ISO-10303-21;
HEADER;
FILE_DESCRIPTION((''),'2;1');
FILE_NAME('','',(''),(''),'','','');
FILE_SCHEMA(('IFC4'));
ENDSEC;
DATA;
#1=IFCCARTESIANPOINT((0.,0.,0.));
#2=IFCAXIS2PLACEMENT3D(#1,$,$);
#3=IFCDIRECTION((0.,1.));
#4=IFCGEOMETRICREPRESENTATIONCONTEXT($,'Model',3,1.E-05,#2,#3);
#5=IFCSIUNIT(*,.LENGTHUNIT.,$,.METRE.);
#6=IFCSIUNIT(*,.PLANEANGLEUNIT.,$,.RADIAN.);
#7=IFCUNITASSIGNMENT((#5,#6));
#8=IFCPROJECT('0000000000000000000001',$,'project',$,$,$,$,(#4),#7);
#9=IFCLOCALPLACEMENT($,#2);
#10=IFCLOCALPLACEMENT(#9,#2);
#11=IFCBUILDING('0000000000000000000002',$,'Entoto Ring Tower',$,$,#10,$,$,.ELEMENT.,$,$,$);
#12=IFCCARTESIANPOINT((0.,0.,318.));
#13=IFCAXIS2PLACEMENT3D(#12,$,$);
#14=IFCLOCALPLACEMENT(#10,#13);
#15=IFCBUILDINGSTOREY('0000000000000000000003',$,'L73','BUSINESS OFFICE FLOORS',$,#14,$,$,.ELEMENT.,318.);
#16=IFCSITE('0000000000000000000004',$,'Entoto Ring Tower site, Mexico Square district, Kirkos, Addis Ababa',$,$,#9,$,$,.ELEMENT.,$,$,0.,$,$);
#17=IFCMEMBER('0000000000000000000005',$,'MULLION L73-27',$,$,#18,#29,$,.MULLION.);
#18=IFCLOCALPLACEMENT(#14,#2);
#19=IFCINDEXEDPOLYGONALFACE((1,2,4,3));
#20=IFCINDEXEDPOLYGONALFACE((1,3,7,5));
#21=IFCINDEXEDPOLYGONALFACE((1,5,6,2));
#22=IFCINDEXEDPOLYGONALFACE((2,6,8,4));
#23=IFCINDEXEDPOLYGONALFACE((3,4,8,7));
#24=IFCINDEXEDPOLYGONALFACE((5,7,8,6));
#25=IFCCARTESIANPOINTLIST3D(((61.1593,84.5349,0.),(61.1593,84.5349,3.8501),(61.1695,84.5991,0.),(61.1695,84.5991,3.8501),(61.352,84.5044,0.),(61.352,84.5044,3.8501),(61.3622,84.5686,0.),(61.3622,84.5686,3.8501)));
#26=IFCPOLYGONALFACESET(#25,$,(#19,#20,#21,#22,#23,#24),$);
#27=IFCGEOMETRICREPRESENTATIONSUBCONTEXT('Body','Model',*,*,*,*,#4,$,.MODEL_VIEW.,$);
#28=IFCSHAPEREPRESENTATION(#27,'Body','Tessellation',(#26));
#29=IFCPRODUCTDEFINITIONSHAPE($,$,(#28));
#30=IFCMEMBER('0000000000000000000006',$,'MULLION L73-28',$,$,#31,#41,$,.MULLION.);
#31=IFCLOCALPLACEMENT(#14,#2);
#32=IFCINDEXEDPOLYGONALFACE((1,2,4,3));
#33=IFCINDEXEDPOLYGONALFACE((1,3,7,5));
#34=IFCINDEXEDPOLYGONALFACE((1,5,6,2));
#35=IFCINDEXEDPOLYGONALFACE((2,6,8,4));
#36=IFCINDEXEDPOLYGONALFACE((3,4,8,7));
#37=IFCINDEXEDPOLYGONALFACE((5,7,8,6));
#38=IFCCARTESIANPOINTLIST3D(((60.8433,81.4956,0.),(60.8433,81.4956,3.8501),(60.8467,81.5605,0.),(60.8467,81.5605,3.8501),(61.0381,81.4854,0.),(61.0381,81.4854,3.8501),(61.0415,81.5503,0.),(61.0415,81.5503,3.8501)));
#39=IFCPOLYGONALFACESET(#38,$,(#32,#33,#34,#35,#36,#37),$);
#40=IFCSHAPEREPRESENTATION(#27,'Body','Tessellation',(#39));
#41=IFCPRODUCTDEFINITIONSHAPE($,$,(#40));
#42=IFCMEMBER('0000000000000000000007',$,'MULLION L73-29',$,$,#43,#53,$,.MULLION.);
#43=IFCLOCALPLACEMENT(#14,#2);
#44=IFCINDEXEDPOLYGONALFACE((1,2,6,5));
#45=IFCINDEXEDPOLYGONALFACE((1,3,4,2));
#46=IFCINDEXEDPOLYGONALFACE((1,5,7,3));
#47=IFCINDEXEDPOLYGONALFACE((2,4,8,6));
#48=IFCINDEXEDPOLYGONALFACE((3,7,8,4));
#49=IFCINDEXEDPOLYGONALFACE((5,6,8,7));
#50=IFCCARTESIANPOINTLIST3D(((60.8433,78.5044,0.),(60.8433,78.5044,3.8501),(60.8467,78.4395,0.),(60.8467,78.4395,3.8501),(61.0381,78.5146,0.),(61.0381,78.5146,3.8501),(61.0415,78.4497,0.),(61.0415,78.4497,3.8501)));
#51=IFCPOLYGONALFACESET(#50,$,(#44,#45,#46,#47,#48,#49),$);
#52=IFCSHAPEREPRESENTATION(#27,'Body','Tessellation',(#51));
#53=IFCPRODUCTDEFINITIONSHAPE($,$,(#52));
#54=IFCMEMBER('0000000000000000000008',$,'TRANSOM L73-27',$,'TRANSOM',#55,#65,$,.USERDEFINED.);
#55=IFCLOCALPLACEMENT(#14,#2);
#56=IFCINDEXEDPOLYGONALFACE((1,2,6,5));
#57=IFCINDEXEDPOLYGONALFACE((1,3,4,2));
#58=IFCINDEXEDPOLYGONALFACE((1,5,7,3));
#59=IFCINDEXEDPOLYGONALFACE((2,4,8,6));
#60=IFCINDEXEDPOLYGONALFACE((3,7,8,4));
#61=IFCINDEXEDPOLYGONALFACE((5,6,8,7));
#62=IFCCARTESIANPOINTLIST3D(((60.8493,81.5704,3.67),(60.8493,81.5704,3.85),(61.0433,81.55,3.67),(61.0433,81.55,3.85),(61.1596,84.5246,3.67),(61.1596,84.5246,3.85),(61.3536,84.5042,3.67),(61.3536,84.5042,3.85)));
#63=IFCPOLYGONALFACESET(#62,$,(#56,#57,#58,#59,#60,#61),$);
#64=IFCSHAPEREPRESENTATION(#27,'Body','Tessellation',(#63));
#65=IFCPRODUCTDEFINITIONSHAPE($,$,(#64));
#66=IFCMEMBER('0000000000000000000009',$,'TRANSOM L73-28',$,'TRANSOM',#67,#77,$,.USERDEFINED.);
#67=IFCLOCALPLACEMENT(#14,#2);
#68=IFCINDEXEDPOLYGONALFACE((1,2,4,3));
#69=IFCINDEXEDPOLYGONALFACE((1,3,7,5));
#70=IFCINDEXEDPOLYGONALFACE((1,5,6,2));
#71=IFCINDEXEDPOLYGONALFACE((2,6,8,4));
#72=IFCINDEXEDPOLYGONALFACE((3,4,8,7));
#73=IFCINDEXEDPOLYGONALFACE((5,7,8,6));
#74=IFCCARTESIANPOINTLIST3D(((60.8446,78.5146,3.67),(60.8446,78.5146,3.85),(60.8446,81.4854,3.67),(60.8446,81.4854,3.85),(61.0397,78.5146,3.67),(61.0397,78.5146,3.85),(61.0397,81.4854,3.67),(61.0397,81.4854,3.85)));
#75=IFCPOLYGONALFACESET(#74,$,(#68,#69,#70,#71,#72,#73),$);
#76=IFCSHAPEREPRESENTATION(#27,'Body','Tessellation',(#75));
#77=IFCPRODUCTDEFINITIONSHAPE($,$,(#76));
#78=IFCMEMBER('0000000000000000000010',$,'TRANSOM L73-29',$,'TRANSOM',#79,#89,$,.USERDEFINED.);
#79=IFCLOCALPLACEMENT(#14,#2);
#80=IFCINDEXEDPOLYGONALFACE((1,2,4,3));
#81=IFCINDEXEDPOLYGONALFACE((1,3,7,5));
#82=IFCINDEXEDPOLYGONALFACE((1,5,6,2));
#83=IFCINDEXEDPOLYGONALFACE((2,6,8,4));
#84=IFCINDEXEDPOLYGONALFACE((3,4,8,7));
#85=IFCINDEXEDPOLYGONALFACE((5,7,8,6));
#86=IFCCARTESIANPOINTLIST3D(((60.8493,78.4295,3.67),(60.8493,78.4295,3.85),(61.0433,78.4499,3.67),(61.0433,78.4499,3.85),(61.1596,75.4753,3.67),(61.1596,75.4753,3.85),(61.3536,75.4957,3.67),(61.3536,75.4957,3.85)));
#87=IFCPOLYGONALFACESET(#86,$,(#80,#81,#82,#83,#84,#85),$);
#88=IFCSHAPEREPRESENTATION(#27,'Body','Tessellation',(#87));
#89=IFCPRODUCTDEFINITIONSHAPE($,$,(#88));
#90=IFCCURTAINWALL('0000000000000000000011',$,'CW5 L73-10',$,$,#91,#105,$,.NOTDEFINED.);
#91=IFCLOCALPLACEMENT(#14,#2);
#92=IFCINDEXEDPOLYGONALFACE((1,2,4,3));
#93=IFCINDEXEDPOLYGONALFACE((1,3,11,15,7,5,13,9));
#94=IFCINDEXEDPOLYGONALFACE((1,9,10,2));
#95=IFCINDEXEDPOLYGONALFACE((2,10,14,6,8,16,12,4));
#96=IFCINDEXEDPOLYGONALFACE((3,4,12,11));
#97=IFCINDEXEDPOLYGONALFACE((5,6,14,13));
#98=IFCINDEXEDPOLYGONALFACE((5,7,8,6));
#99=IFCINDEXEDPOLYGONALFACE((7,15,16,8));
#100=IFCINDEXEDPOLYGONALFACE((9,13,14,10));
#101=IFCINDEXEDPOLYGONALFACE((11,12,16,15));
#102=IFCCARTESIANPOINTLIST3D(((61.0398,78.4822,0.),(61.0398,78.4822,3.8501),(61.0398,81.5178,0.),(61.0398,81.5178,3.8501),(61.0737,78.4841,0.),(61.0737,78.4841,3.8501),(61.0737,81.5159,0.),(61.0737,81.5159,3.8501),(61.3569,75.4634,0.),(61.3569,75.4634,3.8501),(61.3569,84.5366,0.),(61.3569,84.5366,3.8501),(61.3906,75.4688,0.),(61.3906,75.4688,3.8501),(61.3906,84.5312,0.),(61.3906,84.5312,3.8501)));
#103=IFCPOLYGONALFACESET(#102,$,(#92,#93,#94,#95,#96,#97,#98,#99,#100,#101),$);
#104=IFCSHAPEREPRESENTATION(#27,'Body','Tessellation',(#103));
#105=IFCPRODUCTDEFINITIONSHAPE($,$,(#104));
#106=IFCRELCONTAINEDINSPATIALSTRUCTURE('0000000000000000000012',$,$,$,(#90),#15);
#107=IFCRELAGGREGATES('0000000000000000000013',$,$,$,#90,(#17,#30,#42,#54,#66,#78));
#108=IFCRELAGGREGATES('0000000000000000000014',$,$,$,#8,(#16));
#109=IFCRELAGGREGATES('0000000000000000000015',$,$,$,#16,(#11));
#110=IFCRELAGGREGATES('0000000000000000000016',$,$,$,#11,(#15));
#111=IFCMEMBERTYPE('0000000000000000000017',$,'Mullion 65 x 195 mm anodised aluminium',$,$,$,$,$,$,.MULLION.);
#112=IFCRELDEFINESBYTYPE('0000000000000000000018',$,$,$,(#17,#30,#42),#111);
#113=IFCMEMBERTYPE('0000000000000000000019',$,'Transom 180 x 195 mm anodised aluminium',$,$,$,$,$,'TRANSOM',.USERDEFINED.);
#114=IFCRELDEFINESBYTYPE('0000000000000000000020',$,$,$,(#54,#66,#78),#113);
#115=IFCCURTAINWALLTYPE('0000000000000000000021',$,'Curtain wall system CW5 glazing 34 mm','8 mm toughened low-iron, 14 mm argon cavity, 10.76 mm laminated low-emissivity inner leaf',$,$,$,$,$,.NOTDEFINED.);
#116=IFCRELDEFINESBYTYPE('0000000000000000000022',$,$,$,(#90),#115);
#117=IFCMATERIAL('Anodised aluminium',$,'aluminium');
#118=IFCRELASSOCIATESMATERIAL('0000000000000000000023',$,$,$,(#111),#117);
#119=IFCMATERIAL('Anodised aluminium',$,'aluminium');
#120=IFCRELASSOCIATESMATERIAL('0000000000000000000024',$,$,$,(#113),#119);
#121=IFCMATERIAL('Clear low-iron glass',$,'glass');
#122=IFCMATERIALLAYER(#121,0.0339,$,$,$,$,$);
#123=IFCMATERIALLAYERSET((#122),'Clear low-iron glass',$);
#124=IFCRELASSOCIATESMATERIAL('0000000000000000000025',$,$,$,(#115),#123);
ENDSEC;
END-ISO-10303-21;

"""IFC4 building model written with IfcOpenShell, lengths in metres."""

from ifc_helpers import new_model, si_unit, direction, frame, origin, origin_2d, place, context, subcontext, project, spatial, polyline, rectangle, outline, extrude, material, layer, layer_set, material_profile, profile_set, type_object, element, aggregate, save


model = new_model("IFC4")

# Units and contexts
model_context = context("Model", 3, precision=1e-05, world=origin(), true_north=direction((0.0, 1.0)))
body_context = subcontext(model_context, "Body", "Model", "MODEL_VIEW")
ifc_project = project(units=[si_unit("LENGTHUNIT", "METRE"), si_unit("PLANEANGLEUNIT", "RADIAN")], contexts=[model_context])

# Members
ifc_material_1 = material(Name="Anodised aluminium", Category="aluminium")
ifc_material_profile_1 = material_profile(ifc_material_1, rectangle(XDim=0.0649, YDim=0.1951, at=origin_2d()), Name="Mullion 65 x 195 mm anodised aluminium")
ifc_profile_set_1 = profile_set([ifc_material_profile_1], Name="Anodised aluminium")
member_type_1 = type_object("IfcMemberType", Name="Mullion 65 x 195 mm anodised aluminium", PredefinedType="MULLION", material=ifc_profile_set_1)
site_placement = place(None, origin())
building_placement = place(site_placement, origin())
storey_placement = place(building_placement, frame((0.0, 0.0, 318.0)))
member_1_placement = place(storey_placement, frame((61.2607, 84.5518, 0.0), z_axis=(0.0, 0.0, 1.0), x_axis=(-0.156434, -0.987688, 0.0)))
member_1 = element("IfcMember", 1, at=member_1_placement, type_object=member_type_1, Name="MULLION L73-27", PredefinedType="MULLION", context=body_context, shape_type="SweptSolid", body=[
    extrude(rectangle(XDim=0.0649, YDim=0.1951, at=origin_2d()), origin(), (0.0, 0.0, 1.0), 3.8501),
])
member_2_placement = place(storey_placement, frame((60.9424, 81.5229, 0.0), z_axis=(0.0, 0.0, 1.0), x_axis=(-0.052336, -0.99863, 0.0)))
member_2 = element("IfcMember", 2, at=member_2_placement, type_object=member_type_1, Name="MULLION L73-28", PredefinedType="MULLION", context=body_context, shape_type="SweptSolid", body=[
    extrude(rectangle(XDim=0.0649, YDim=0.1951, at=origin_2d()), origin(), (0.0, 0.0, 1.0), 3.8501),
])
member_3_placement = place(storey_placement, frame((60.9424, 78.4771, 0.0), z_axis=(0.0, 0.0, 1.0), x_axis=(0.052336, -0.99863, 0.0)))
member_3 = element("IfcMember", 3, at=member_3_placement, type_object=member_type_1, Name="MULLION L73-29", PredefinedType="MULLION", context=body_context, shape_type="SweptSolid", body=[
    extrude(rectangle(XDim=0.0649, YDim=0.1951, at=origin_2d()), origin(), (0.0, 0.0, 1.0), 3.8501),
])
ifc_material_2 = material(Name="Anodised aluminium", Category="aluminium")
ifc_material_profile_2 = material_profile(ifc_material_2, rectangle(XDim=0.1951, YDim=0.1799, at=origin_2d()), Name="Transom 180 x 195 mm anodised aluminium")
ifc_profile_set_2 = profile_set([ifc_material_profile_2], Name="Anodised aluminium")
member_type_2 = type_object("IfcMemberType", Name="Transom 180 x 195 mm anodised aluminium", ElementType="TRANSOM", PredefinedType="USERDEFINED", material=ifc_profile_set_2)
member_4_placement = place(storey_placement, frame((61.2566, 84.5144, 3.76), z_axis=(-0.104467, -0.994528, 0.0), x_axis=(0.994528, -0.104467, 0.0)))
member_4 = element("IfcMember", 4, at=member_4_placement, type_object=member_type_2, Name="TRANSOM L73-27", ObjectType="TRANSOM", PredefinedType="USERDEFINED", context=body_context, shape_type="SweptSolid", body=[
    extrude(rectangle(XDim=0.1951, YDim=0.1799, at=origin_2d()), origin(), (0.0, 0.0, 1.0), 2.9705),
])
member_5_placement = place(storey_placement, frame((60.9421, 81.4854, 3.76), z_axis=(0.0, -1.0, 0.0), x_axis=(1.0, 0.0, 0.0)))
member_5 = element("IfcMember", 5, at=member_5_placement, type_object=member_type_2, Name="TRANSOM L73-28", ObjectType="TRANSOM", PredefinedType="USERDEFINED", context=body_context, shape_type="SweptSolid", body=[
    extrude(rectangle(XDim=0.1951, YDim=0.1799, at=origin_2d()), origin(), (0.0, 0.0, 1.0), 2.9707),
])
member_6_placement = place(storey_placement, frame((60.9463, 78.4397, 3.76), z_axis=(0.104467, -0.994528, 0.0), x_axis=(0.994528, 0.104467, 0.0)))
member_6 = element("IfcMember", 6, at=member_6_placement, type_object=member_type_2, Name="TRANSOM L73-29", ObjectType="TRANSOM", PredefinedType="USERDEFINED", context=body_context, shape_type="SweptSolid", body=[
    extrude(rectangle(XDim=0.1951, YDim=0.1799, at=origin_2d()), origin(), (0.0, 0.0, 1.0), 2.9705),
])

# Site, building, storey
site = spatial("IfcSite", under=ifc_project, at=site_placement, Name="Entoto Ring Tower site, Mexico Square district, Kirkos, Addis Ababa", CompositionType="ELEMENT", RefElevation=0.0)
building = spatial("IfcBuilding", under=site, at=building_placement, Name="Entoto Ring Tower", CompositionType="ELEMENT")
storey = spatial("IfcBuildingStorey", under=building, at=storey_placement, Name="L73", Description="BUSINESS OFFICE FLOORS", CompositionType="ELEMENT", Elevation=318.0)

# Curtain wall
ifc_material_3 = material(Name="Clear low-iron glass", Category="glass")
ifc_layer = layer(ifc_material_3, 0.0339)
ifc_layer_set = layer_set([ifc_layer], Name="Clear low-iron glass")
curtain_wall_type = type_object("IfcCurtainWallType", Name="Curtain wall system CW5 glazing 34 mm", Description="8 mm toughened low-iron, 14 mm argon cavity, 10.76 mm laminated low-emissivity inner leaf", PredefinedType="NOTDEFINED", material=ifc_layer_set)
curtain_wall_1_placement = place(storey_placement, origin())
curtain_wall_1 = element("IfcCurtainWall", 7, at=curtain_wall_1_placement, inside=storey, type_object=curtain_wall_type, Name="CW5 L73-10", PredefinedType="NOTDEFINED", context=body_context, shape_type="SweptSolid", body=[
    extrude(outline(polyline([(61.3569, 84.5366), (61.0398, 81.5178), (61.0398, 78.4822), (61.3569, 75.4634), (61.3906, 75.4688), (61.0737, 78.4841), (61.0737, 81.5159), (61.3906, 84.5312), (61.3569, 84.5366)])), origin(), (0.0, 0.0, 1.0), 3.8501),
])
aggregate(curtain_wall_1, [member_1, member_2, member_3, member_4, member_5, member_6])

save(model, "model.ifc")
